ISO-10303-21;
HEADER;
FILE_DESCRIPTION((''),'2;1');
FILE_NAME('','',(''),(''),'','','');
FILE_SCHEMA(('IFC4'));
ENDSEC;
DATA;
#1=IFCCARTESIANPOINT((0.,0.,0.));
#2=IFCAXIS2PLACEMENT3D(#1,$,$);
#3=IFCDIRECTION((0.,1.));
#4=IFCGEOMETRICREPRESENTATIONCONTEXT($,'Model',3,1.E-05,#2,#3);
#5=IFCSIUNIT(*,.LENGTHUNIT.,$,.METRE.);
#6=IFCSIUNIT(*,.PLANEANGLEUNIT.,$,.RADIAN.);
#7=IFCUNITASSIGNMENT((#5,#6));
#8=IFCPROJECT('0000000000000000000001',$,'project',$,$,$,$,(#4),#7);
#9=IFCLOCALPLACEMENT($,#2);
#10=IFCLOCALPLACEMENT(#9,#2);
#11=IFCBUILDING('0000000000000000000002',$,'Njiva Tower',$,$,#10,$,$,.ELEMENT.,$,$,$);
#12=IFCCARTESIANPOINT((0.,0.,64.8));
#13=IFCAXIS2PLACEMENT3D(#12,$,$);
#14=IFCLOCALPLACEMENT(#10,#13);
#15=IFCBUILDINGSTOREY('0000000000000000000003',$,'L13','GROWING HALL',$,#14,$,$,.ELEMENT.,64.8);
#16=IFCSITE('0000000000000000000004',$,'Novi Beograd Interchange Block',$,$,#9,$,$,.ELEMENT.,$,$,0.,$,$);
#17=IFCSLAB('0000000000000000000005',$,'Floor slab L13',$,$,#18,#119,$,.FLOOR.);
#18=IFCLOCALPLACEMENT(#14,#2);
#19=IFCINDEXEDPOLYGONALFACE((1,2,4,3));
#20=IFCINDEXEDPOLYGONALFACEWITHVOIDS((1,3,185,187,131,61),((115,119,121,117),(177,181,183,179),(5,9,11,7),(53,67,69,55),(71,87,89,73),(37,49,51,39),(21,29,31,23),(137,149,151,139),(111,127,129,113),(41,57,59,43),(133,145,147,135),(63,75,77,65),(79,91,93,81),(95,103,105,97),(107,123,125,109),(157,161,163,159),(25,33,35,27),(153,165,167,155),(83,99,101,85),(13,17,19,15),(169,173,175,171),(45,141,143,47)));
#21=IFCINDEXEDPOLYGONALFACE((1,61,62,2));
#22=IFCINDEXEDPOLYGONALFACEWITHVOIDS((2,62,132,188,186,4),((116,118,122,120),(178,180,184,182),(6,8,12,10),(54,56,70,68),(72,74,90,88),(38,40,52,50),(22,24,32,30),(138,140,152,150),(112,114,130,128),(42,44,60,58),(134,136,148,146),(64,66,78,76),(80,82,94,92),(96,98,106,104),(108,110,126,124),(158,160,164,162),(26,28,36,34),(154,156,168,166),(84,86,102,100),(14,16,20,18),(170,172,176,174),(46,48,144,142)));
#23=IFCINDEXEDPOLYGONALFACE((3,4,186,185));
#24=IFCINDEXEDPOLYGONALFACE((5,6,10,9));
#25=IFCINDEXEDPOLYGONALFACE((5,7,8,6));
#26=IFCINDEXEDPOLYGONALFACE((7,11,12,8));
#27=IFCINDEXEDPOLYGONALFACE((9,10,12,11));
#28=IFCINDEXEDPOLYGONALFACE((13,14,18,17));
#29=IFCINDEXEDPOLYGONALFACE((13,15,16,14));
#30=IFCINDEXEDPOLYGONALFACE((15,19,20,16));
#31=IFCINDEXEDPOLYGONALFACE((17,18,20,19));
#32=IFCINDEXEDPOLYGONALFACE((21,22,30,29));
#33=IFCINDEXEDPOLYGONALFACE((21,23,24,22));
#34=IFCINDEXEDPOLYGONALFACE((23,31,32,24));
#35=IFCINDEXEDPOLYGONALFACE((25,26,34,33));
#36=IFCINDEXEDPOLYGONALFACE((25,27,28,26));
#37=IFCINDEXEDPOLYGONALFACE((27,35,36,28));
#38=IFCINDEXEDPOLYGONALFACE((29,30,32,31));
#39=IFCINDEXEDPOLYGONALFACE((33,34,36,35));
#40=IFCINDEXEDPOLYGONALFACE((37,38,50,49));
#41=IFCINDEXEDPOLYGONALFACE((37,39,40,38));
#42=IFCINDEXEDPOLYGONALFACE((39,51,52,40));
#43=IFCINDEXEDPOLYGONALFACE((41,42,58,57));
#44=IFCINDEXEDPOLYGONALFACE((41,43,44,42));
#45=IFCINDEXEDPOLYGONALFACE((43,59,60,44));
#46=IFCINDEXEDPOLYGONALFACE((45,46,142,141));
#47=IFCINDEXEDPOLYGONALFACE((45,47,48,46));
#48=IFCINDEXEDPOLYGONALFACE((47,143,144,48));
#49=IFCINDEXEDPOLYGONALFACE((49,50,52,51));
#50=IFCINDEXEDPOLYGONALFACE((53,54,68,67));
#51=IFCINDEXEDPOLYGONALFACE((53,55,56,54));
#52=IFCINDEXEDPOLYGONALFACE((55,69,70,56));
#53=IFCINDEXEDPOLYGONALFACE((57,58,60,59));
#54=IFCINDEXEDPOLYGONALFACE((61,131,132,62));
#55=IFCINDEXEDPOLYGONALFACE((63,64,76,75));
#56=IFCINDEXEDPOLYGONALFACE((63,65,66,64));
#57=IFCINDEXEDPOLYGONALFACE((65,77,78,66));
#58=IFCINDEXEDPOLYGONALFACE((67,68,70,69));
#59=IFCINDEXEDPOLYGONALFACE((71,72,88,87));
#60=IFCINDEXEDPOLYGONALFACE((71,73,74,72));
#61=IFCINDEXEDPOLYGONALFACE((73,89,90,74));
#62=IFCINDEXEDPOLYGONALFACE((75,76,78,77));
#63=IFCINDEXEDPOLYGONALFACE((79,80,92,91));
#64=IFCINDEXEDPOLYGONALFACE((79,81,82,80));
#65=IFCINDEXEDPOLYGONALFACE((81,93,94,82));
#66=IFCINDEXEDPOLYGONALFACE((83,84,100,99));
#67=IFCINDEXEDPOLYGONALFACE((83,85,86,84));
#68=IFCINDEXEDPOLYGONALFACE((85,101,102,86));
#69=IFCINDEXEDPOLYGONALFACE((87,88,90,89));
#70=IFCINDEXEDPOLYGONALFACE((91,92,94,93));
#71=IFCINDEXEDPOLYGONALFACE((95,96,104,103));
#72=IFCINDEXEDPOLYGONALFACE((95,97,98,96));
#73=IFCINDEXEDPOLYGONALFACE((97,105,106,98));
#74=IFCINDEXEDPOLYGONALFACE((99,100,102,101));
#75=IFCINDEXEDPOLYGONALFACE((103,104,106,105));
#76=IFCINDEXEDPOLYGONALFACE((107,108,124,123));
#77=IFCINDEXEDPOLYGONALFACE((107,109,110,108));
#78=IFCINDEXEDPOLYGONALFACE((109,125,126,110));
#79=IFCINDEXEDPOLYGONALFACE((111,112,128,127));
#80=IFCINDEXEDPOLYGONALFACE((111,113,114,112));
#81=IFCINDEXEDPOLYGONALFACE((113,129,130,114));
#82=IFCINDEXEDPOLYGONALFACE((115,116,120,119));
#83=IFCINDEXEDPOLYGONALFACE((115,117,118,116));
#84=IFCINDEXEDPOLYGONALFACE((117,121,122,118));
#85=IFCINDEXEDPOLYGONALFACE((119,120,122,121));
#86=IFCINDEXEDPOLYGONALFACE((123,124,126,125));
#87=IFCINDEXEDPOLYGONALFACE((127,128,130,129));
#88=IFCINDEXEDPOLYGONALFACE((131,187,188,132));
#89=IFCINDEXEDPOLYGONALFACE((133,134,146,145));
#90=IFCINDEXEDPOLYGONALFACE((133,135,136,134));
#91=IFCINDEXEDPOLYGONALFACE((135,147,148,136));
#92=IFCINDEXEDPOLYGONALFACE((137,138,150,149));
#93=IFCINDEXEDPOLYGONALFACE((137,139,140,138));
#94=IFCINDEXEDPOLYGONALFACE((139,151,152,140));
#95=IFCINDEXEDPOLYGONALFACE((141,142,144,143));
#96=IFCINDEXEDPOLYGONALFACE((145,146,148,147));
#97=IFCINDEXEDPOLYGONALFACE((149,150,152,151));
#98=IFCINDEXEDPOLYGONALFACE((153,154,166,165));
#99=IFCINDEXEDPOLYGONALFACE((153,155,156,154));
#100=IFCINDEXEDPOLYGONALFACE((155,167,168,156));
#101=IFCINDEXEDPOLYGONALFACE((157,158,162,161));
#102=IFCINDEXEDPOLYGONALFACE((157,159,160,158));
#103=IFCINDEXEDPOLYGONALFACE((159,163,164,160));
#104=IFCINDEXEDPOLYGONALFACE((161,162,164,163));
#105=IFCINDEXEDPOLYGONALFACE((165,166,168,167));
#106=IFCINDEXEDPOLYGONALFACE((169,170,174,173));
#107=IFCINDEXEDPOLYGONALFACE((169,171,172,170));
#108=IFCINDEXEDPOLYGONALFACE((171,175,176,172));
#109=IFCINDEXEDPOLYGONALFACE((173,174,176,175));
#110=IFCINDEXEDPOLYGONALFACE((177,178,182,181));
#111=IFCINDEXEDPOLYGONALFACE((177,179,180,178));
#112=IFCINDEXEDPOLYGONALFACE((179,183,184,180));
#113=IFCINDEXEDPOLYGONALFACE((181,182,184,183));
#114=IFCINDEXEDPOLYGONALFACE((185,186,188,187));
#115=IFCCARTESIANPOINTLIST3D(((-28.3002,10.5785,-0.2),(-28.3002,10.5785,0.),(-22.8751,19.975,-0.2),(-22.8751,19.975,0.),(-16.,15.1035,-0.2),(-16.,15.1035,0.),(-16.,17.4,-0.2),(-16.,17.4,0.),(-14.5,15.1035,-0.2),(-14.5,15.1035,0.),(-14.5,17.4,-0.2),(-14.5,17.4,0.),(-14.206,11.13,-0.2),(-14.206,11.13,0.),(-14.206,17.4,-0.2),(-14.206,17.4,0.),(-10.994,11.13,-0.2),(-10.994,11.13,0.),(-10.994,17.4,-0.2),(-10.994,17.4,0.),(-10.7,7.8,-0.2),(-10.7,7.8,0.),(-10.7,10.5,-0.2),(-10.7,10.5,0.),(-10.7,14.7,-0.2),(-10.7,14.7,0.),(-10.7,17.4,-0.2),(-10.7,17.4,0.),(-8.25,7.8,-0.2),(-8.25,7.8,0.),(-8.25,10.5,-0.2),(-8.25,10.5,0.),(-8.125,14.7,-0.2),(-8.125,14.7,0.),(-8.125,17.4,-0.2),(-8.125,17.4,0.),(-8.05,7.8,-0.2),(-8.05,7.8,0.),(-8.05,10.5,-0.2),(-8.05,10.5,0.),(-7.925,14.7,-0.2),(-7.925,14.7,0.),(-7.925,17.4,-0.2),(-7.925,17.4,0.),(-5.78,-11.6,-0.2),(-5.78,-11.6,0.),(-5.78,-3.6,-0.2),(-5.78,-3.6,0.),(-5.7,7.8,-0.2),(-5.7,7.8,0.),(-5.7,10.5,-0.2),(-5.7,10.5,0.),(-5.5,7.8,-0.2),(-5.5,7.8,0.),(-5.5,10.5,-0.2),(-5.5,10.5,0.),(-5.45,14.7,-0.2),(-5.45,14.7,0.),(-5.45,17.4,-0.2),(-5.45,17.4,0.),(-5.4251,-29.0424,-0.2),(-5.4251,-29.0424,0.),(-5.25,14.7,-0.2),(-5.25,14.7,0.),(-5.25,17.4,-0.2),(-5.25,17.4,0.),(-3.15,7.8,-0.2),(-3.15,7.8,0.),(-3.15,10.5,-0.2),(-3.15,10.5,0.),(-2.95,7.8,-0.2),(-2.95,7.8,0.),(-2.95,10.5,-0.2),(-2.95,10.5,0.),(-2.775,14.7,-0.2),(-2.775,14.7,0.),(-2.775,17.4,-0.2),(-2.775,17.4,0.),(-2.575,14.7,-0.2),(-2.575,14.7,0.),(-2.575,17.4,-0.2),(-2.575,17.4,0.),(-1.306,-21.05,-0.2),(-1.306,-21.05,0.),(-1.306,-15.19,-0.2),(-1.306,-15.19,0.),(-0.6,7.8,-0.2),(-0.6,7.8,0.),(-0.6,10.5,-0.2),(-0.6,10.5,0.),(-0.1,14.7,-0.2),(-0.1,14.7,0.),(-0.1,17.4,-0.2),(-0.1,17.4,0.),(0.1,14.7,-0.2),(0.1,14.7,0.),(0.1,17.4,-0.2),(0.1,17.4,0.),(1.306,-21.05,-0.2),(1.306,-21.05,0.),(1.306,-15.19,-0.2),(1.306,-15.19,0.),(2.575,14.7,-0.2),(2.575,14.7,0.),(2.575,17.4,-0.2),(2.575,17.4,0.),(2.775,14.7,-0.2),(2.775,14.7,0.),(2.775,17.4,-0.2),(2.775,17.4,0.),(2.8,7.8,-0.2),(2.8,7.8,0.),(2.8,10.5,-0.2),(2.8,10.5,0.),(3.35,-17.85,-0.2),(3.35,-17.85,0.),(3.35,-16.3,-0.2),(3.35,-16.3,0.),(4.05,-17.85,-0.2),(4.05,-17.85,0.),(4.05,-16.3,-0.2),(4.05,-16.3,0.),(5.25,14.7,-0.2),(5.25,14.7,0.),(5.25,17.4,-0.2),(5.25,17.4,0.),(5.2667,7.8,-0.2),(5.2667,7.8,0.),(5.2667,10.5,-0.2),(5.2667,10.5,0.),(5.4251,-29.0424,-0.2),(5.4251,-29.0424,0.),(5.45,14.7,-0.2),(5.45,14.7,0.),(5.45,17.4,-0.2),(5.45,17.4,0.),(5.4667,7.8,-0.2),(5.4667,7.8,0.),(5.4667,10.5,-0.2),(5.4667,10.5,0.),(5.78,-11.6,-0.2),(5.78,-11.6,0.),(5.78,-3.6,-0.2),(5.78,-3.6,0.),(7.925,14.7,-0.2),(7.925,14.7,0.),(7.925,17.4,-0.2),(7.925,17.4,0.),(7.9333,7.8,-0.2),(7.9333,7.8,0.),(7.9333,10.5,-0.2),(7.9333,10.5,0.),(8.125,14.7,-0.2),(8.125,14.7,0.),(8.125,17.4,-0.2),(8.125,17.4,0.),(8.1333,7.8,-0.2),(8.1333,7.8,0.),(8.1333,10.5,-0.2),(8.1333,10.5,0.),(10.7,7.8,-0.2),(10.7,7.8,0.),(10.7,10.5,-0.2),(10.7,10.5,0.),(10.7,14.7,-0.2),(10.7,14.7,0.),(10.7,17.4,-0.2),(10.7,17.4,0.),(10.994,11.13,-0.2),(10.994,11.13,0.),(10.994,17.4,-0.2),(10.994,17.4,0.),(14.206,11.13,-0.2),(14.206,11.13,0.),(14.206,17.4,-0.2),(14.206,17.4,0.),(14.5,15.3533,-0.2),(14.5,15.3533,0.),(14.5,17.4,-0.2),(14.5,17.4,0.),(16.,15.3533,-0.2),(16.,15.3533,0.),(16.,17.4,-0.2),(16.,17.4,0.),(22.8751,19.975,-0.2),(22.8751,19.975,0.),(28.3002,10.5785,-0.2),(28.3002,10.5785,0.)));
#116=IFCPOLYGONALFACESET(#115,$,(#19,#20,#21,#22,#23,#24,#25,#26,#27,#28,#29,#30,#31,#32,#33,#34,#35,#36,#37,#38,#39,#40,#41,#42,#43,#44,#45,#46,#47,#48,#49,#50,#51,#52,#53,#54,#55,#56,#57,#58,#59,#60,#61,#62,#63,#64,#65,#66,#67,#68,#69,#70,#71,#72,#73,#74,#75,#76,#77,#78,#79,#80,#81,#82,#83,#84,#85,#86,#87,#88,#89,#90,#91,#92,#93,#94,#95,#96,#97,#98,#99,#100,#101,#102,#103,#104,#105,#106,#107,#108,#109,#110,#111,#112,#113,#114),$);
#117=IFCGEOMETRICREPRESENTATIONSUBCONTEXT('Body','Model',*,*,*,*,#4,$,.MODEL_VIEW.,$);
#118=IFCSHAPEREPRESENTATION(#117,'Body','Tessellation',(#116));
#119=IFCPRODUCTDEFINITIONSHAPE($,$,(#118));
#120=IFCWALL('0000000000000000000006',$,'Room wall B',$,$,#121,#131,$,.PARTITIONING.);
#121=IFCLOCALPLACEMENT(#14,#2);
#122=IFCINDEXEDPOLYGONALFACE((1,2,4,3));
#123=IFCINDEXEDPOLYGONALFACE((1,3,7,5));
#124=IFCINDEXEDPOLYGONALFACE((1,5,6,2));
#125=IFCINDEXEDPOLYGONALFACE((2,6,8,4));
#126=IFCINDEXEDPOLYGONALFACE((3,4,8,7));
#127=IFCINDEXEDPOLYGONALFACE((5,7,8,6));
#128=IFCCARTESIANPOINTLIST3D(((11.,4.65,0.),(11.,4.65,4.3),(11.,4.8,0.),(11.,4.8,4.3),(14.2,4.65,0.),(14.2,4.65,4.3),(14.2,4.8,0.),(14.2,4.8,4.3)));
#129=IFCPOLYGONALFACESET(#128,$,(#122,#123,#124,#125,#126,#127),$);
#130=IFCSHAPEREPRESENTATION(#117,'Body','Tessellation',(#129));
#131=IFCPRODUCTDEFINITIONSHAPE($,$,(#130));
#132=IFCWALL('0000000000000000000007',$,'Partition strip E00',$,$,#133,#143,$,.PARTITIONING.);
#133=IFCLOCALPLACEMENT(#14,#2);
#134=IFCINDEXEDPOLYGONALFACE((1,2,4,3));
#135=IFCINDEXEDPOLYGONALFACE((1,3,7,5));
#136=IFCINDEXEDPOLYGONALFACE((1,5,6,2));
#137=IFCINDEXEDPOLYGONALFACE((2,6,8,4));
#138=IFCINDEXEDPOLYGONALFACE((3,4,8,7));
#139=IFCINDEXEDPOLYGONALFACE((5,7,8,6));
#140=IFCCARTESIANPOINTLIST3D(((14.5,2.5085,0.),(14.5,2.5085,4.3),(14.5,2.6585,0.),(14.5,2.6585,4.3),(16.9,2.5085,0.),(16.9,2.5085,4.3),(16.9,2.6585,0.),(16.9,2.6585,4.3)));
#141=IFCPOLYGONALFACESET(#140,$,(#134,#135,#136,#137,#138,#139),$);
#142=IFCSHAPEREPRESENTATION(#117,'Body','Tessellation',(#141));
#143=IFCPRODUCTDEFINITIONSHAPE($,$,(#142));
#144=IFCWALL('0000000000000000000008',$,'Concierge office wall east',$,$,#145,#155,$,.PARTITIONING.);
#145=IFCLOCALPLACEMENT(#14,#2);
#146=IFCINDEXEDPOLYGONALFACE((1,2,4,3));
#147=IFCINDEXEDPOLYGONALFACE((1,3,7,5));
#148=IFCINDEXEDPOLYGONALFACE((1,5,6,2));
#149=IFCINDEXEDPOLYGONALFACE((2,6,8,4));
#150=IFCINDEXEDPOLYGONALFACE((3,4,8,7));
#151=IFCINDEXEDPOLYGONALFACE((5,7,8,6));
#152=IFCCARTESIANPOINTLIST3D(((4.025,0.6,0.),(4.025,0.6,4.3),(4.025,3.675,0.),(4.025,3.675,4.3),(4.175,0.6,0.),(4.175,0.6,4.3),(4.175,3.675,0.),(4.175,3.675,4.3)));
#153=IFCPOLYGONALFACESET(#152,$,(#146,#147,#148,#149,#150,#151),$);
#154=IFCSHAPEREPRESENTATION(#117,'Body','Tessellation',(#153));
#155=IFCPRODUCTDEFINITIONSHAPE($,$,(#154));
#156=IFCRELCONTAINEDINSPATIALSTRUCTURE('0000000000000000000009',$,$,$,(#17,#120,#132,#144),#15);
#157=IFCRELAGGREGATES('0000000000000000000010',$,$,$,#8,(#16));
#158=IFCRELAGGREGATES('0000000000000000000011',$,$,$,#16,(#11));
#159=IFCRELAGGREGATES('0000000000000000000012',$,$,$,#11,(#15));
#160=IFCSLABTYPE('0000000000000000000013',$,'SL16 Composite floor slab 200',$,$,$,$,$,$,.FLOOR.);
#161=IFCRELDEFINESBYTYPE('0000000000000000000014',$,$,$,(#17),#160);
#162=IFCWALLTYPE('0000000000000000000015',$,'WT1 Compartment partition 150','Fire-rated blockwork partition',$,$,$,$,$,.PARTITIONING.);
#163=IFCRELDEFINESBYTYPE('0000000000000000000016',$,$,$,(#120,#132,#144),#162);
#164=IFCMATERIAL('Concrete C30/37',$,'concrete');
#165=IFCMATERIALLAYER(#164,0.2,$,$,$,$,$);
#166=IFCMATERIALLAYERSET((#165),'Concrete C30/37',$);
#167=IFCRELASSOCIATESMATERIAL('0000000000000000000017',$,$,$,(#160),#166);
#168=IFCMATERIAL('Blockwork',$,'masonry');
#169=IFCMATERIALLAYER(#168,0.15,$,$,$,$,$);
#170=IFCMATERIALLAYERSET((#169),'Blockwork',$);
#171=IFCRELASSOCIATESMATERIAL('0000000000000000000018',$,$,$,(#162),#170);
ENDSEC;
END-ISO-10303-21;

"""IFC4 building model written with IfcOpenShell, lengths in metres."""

from ifc_helpers import new_model, si_unit, direction, frame, frame_2d, origin, place, context, subcontext, project, spatial, polyline, rectangle, outline, extrude, material, layer, layer_set, type_object, element, save


model = new_model("IFC4")

# Units and contexts
model_context = context("Model", 3, precision=1e-05, world=origin(), true_north=direction((0.0, 1.0)))
body_context = subcontext(model_context, "Body", "Model", "MODEL_VIEW")
ifc_project = project(units=[si_unit("LENGTHUNIT", "METRE"), si_unit("PLANEANGLEUNIT", "RADIAN")], contexts=[model_context])

# Site, building, storey
site_placement = place(None, origin())
site = spatial("IfcSite", under=ifc_project, at=site_placement, Name="Novi Beograd Interchange Block", CompositionType="ELEMENT", RefElevation=0.0)
building_placement = place(site_placement, origin())
building = spatial("IfcBuilding", under=site, at=building_placement, Name="Njiva Tower", CompositionType="ELEMENT")
storey_placement = place(building_placement, frame((0.0, 0.0, 64.8)))
storey = spatial("IfcBuildingStorey", under=building, at=storey_placement, Name="L13", Description="GROWING HALL", CompositionType="ELEMENT", Elevation=64.8)

# Slab
ifc_material_1 = material(Name="Concrete C30/37", Category="concrete")
ifc_layer_1 = layer(ifc_material_1, 0.2)
ifc_layer_set_1 = layer_set([ifc_layer_1], Name="Concrete C30/37")
slab_type_1 = type_object("IfcSlabType", Name="SL16 Composite floor slab 200", PredefinedType="FLOOR", material=ifc_layer_set_1)
slab_1_placement = place(storey_placement, frame((0.0, 0.0, -0.2)))
element("IfcSlab", 1, at=slab_1_placement, inside=storey, type_object=slab_type_1, Name="Floor slab L13", PredefinedType="FLOOR", context=body_context, shape_type="SweptSolid", body=[
    extrude(outline(polyline([(28.3002, 10.5785), (5.4251, -29.0424), (-5.4251, -29.0424), (-28.3002, 10.5785), (-22.8751, 19.975), (22.8751, 19.975), (28.3002, 10.5785)]), holes=[polyline([(14.5, 17.4), (14.5, 15.3533), (16.0, 15.3533), (16.0, 17.4), (14.5, 17.4)]), polyline([(10.994, 11.13), (14.206, 11.13), (14.206, 17.4), (10.994, 17.4), (10.994, 11.13)]), polyline([(8.125, 17.4), (8.125, 14.7), (10.7, 14.7), (10.7, 17.4), (8.125, 17.4)]), polyline([(8.1333, 10.5), (8.1333, 7.8), (10.7, 7.8), (10.7, 10.5), (8.1333, 10.5)]), polyline([(5.4667, 10.5), (5.4667, 7.8), (7.9333, 7.8), (7.9333, 10.5), (5.4667, 10.5)]), polyline([(5.45, 14.7), (7.925, 14.7), (7.925, 17.4), (5.45, 17.4), (5.45, 14.7)]), polyline([(5.78, -11.6), (5.78, -3.6), (-5.78, -3.6), (-5.78, -11.6), (5.78, -11.6)]), polyline([(2.8, 7.8), (5.2667, 7.8), (5.2667, 10.5), (2.8, 10.5), (2.8, 7.8)]), polyline([(2.775, 17.4), (2.775, 14.7), (5.25, 14.7), (5.25, 17.4), (2.775, 17.4)]), polyline([(3.35, -17.85), (4.05, -17.85), (4.05, -16.3), (3.35, -16.3), (3.35, -17.85)]), polyline([(0.1, 17.4), (0.1, 14.7), (2.575, 14.7), (2.575, 17.4), (0.1, 17.4)]), polyline([(-1.306, -21.05), (1.306, -21.05), (1.306, -15.19), (-1.306, -15.19), (-1.306, -21.05)]), polyline([(-2.575, 17.4), (-2.575, 14.7), (-0.1, 14.7), (-0.1, 17.4), (-2.575, 17.4)]), polyline([(-2.95, 10.5), (-2.95, 7.8), (-0.6, 7.8), (-0.6, 10.5), (-2.95, 10.5)]), polyline([(-5.25, 14.7), (-2.775, 14.7), (-2.775, 17.4), (-5.25, 17.4), (-5.25, 14.7)]), polyline([(-5.5, 10.5), (-5.5, 7.8), (-3.15, 7.8), (-3.15, 10.5), (-5.5, 10.5)]), polyline([(-7.925, 17.4), (-7.925, 14.7), (-5.45, 14.7), (-5.45, 17.4), (-7.925, 17.4)]), polyline([(-8.05, 7.8), (-5.7, 7.8), (-5.7, 10.5), (-8.05, 10.5), (-8.05, 7.8)]), polyline([(-10.7, 17.4), (-10.7, 14.7), (-8.125, 14.7), (-8.125, 17.4), (-10.7, 17.4)]), polyline([(-10.7, 7.8), (-8.25, 7.8), (-8.25, 10.5), (-10.7, 10.5), (-10.7, 7.8)]), polyline([(-14.206, 11.13), (-10.994, 11.13), (-10.994, 17.4), (-14.206, 17.4), (-14.206, 11.13)]), polyline([(-14.5, 15.1035), (-14.5, 17.4), (-16.0, 17.4), (-16.0, 15.1035), (-14.5, 15.1035)])]), origin(), (0.0, 0.0, 1.0), 0.2),
])

# Walls
ifc_material_2 = material(Name="Blockwork", Category="masonry")
ifc_layer_2 = layer(ifc_material_2, 0.15)
ifc_layer_set_2 = layer_set([ifc_layer_2], Name="Blockwork")
wall_type_1 = type_object("IfcWallType", Name="WT1 Compartment partition 150", Description="Fire-rated blockwork partition", PredefinedType="PARTITIONING", material=ifc_layer_set_2)
wall_1_placement = place(storey_placement, frame((11.0, 4.725, 0.0), z_axis=(0.0, 0.0, 1.0), x_axis=(1.0, 0.0, 0.0)))
element("IfcWall", 2, at=wall_1_placement, inside=storey, type_object=wall_type_1, Name="Room wall B", PredefinedType="PARTITIONING", context=body_context, shape_type="SweptSolid", body=[
    extrude(rectangle(XDim=3.2, YDim=0.15, at=frame_2d((1.6, 0.0))), origin(), (0.0, 0.0, 1.0), 4.3),
])
wall_2_placement = place(storey_placement, frame((14.5, 2.5835, 0.0), z_axis=(0.0, 0.0, 1.0), x_axis=(1.0, 0.0, 0.0)))
element("IfcWall", 3, at=wall_2_placement, inside=storey, type_object=wall_type_1, Name="Partition strip E00", PredefinedType="PARTITIONING", context=body_context, shape_type="SweptSolid", body=[
    extrude(rectangle(XDim=2.4, YDim=0.15, at=frame_2d((1.2, 0.0))), origin(), (0.0, 0.0, 1.0), 4.3),
])
wall_3_placement = place(storey_placement, frame((4.1, 0.6, 0.0), z_axis=(0.0, 0.0, 1.0), x_axis=(0.0, 1.0, 0.0)))
element("IfcWall", 4, at=wall_3_placement, inside=storey, type_object=wall_type_1, Name="Concierge office wall east", PredefinedType="PARTITIONING", context=body_context, shape_type="SweptSolid", body=[
    extrude(rectangle(XDim=3.075, YDim=0.15, at=frame_2d((1.5375, 0.0))), origin(), (0.0, 0.0, 1.0), 4.3),
])

save(model, "model.ifc")
